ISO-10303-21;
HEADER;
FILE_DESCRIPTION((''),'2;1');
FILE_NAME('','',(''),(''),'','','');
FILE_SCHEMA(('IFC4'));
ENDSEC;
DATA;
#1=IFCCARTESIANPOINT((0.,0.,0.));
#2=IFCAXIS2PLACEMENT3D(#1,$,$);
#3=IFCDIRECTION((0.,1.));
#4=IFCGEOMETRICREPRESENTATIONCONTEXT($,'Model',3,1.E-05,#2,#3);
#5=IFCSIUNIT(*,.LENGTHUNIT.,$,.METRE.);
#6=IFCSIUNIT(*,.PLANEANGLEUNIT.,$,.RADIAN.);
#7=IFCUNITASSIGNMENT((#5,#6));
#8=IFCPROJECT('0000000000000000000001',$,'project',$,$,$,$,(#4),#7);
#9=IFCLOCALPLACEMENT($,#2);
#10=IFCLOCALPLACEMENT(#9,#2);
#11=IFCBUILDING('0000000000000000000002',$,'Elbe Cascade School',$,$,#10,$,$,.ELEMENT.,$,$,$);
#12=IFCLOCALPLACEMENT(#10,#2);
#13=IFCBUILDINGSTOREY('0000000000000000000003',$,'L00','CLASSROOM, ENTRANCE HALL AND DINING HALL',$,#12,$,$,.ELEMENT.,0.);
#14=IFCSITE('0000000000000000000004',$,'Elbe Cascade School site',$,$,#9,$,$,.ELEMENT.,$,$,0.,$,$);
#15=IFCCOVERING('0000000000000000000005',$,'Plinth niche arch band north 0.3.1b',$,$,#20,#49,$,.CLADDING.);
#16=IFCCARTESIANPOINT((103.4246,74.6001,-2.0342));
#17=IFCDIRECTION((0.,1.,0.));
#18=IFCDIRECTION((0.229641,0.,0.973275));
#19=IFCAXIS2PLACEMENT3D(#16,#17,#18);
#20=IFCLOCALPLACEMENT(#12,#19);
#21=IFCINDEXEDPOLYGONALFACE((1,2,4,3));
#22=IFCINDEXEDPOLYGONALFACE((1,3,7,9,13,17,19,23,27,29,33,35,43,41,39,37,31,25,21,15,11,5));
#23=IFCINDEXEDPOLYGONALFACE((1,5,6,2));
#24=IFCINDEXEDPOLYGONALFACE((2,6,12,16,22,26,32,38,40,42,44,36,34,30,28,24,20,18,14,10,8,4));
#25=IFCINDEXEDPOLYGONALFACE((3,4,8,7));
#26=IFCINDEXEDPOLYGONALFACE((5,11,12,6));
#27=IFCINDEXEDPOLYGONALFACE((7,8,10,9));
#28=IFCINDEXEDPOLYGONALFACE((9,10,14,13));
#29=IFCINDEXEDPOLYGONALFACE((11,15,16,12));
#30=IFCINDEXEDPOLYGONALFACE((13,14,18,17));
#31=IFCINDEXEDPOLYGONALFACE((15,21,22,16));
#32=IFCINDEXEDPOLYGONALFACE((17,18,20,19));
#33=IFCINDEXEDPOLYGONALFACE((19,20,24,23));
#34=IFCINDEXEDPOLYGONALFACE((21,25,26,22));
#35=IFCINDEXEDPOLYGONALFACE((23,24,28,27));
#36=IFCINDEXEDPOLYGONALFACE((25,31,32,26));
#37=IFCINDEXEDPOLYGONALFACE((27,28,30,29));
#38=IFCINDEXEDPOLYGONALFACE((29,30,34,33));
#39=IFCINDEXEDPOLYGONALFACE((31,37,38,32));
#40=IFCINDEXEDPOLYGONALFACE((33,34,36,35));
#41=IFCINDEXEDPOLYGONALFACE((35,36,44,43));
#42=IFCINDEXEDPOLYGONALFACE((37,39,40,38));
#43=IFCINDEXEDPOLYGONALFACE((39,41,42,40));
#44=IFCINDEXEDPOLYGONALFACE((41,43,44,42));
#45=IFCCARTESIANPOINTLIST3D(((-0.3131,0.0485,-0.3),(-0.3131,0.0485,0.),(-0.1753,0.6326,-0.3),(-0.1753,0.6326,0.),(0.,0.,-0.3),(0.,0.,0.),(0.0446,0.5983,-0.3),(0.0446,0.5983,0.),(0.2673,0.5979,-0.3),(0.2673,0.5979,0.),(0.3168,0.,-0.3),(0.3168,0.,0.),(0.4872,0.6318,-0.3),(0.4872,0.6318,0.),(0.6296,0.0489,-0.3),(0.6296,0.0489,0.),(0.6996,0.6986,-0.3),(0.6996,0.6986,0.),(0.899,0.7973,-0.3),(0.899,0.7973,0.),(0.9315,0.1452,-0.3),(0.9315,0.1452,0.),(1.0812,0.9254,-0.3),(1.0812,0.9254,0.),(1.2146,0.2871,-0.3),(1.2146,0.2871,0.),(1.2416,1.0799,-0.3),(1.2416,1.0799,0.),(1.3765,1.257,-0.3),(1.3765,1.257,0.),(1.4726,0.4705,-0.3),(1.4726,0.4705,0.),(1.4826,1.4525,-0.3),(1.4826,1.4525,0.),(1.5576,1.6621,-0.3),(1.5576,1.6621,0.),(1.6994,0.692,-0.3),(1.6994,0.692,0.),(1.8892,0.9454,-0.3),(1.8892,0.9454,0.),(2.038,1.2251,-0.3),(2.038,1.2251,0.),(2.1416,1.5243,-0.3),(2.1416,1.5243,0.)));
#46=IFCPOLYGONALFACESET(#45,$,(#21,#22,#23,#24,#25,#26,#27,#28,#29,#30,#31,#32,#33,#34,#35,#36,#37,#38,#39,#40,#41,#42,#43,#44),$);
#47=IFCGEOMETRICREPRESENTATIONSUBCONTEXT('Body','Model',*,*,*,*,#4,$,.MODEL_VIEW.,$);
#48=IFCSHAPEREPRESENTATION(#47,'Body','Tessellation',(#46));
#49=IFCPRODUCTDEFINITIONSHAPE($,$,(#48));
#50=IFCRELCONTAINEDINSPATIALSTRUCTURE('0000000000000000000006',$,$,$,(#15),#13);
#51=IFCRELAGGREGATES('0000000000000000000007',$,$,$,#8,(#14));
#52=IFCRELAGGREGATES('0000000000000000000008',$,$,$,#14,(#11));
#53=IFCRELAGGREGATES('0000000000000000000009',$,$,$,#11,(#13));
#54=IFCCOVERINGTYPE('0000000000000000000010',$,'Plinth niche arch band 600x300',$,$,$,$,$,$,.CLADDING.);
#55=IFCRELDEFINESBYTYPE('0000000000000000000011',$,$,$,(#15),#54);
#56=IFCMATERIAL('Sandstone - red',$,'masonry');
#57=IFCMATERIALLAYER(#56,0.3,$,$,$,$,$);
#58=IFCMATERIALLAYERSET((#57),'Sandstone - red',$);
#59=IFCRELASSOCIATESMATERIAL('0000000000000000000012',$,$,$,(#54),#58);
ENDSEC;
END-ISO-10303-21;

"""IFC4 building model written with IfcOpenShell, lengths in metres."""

from ifc_helpers import new_model, si_unit, direction, frame, origin, place, context, subcontext, project, spatial, polyline, outline, extrude, material, layer, layer_set, type_object, element, save


model = new_model("IFC4")

# Units and contexts
model_context = context("Model", 3, precision=1e-05, world=origin(), true_north=direction((0.0, 1.0)))
body_context = subcontext(model_context, "Body", "Model", "MODEL_VIEW")
ifc_project = project(units=[si_unit("LENGTHUNIT", "METRE"), si_unit("PLANEANGLEUNIT", "RADIAN")], contexts=[model_context])

# Site, building, storey
site_placement = place(None, origin())
site = spatial("IfcSite", under=ifc_project, at=site_placement, Name="Elbe Cascade School site", CompositionType="ELEMENT", RefElevation=0.0)
building_placement = place(site_placement, origin())
building = spatial("IfcBuilding", under=site, at=building_placement, Name="Elbe Cascade School", CompositionType="ELEMENT")
storey_placement = place(building_placement, origin())
storey = spatial("IfcBuildingStorey", under=building, at=storey_placement, Name="L00", Description="CLASSROOM, ENTRANCE HALL AND DINING HALL", CompositionType="ELEMENT", Elevation=0.0)

# Covering
ifc_material_1 = material(Name="Sandstone - red", Category="masonry")
ifc_layer_1 = layer(ifc_material_1, 0.3)
ifc_layer_set_1 = layer_set([ifc_layer_1], Name="Sandstone - red")
covering_type_1 = type_object("IfcCoveringType", Name="Plinth niche arch band 600x300", PredefinedType="CLADDING", material=ifc_layer_set_1)
covering_1_placement = place(storey_placement, frame((103.4246, 74.6001, -2.0342), z_axis=(0.0, 1.0, 0.0), x_axis=(0.229641, 0.0, 0.973275)))
element("IfcCovering", 1, at=covering_1_placement, inside=storey, type_object=covering_type_1, Name="Plinth niche arch band north 0.3.1b", PredefinedType="CLADDING", context=body_context, shape_type="SweptSolid", body=[
    extrude(outline(polyline([(0.0, 0.0), (0.3168, 0.0), (0.6296, 0.0489), (0.9315, 0.1452), (1.2146, 0.2871), (1.4726, 0.4705), (1.6994, 0.692), (1.8892, 0.9454), (2.038, 1.2251), (2.1416, 1.5243), (1.5576, 1.6621), (1.4826, 1.4525), (1.3765, 1.257), (1.2416, 1.0799), (1.0812, 0.9254), (0.899, 0.7973), (0.6996, 0.6986), (0.4872, 0.6318), (0.2673, 0.5979), (0.0446, 0.5983), (-0.1753, 0.6326), (-0.3131, 0.0485), (0.0, 0.0)])), origin(), (0.0, 0.0, -1.0), 0.3),
])

save(model, "model.ifc")
